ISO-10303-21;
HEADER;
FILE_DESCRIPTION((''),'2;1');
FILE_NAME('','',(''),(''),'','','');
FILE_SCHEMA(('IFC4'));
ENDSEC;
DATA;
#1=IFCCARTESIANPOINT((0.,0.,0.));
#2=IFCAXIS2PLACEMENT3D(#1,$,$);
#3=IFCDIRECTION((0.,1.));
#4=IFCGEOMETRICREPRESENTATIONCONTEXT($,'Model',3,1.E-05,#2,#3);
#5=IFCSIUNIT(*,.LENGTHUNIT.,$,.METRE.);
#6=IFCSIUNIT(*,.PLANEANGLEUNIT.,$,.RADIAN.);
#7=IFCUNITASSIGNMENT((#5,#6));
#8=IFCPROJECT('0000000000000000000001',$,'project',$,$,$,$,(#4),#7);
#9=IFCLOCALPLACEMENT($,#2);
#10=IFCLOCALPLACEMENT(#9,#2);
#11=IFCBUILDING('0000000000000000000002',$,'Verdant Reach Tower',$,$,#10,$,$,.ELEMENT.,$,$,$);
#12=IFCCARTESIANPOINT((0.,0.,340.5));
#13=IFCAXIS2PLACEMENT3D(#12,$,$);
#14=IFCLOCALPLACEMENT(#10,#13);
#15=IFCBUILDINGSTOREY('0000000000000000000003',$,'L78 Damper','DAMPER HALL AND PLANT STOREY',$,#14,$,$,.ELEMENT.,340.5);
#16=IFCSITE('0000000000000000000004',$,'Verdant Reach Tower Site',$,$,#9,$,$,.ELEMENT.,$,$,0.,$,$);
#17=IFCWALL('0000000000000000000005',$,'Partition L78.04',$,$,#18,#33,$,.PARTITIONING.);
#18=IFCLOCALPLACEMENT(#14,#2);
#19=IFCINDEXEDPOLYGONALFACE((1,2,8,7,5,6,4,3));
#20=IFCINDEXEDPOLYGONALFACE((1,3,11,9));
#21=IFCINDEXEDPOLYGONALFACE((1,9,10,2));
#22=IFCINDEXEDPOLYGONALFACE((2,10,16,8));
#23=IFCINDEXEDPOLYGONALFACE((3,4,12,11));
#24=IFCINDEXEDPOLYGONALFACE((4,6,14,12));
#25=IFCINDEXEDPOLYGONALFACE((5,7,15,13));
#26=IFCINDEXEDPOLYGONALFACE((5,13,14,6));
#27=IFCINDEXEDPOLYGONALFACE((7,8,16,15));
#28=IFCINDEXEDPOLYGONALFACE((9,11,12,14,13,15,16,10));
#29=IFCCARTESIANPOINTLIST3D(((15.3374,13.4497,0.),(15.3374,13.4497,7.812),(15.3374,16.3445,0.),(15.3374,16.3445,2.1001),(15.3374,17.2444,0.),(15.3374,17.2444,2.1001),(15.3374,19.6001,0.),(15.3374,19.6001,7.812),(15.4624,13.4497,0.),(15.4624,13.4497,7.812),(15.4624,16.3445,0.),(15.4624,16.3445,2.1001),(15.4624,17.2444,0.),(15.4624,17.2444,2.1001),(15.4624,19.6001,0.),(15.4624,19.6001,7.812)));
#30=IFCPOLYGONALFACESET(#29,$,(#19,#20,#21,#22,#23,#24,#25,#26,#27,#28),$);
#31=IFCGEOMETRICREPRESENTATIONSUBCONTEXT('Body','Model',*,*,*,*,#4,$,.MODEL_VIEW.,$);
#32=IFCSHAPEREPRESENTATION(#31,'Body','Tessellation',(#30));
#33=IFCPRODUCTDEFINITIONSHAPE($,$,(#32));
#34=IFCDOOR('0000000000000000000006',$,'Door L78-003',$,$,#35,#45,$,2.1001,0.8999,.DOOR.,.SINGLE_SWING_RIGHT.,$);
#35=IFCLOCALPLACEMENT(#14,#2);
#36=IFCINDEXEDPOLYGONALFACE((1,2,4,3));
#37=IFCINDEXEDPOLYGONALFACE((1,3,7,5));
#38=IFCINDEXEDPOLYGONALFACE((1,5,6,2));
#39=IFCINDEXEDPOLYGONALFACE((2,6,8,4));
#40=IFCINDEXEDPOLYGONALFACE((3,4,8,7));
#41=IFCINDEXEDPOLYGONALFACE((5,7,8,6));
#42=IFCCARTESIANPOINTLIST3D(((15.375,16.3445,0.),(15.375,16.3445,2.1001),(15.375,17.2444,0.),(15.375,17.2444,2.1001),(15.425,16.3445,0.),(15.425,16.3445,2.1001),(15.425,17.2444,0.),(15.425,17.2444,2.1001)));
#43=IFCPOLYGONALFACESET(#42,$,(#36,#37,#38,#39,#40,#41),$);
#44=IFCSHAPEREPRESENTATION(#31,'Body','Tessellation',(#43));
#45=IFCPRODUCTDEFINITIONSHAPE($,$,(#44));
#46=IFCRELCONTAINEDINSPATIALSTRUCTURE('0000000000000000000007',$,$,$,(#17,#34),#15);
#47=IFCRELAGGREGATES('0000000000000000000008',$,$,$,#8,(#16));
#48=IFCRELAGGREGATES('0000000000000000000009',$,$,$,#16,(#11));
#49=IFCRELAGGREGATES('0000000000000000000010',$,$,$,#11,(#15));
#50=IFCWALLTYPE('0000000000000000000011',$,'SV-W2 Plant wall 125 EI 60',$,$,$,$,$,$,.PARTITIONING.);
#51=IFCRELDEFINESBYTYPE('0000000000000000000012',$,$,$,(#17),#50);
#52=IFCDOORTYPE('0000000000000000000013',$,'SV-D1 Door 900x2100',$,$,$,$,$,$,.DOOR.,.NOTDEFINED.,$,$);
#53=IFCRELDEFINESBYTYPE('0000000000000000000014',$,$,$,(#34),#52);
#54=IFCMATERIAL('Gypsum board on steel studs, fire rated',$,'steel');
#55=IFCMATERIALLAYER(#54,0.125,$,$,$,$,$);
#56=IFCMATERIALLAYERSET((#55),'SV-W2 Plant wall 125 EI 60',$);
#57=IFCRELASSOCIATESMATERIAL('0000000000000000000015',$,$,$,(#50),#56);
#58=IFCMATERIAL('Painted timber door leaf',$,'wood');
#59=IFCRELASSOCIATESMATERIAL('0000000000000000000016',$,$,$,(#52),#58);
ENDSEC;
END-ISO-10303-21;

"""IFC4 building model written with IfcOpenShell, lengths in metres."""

from ifc_helpers import new_model, si_unit, direction, frame, frame_2d, origin, place, context, subcontext, project, spatial, rectangle, extrude, material, layer, layer_set, type_object, element, fill, save


model = new_model("IFC4")

# Units and contexts
model_context = context("Model", 3, precision=1e-05, world=origin(), true_north=direction((0.0, 1.0)))
body_context = subcontext(model_context, "Body", "Model", "MODEL_VIEW")
ifc_project = project(units=[si_unit("LENGTHUNIT", "METRE"), si_unit("PLANEANGLEUNIT", "RADIAN")], contexts=[model_context])

# Site, building, storey
site_placement = place(None, origin())
site = spatial("IfcSite", under=ifc_project, at=site_placement, Name="Verdant Reach Tower Site", CompositionType="ELEMENT", RefElevation=0.0)
building_placement = place(site_placement, origin())
building = spatial("IfcBuilding", under=site, at=building_placement, Name="Verdant Reach Tower", CompositionType="ELEMENT")
storey_placement = place(building_placement, frame((0.0, 0.0, 340.5)))
storey = spatial("IfcBuildingStorey", under=building, at=storey_placement, Name="L78 Damper", Description="DAMPER HALL AND PLANT STOREY", CompositionType="ELEMENT", Elevation=340.5)

# Wall, opening, door
ifc_material_1 = material(Name="Gypsum board on steel studs, fire rated", Category="steel")
ifc_layer_1 = layer(ifc_material_1, 0.125)
ifc_layer_set_1 = layer_set([ifc_layer_1], Name="SV-W2 Plant wall 125 EI 60")
wall_type = type_object("IfcWallType", Name="SV-W2 Plant wall 125 EI 60", PredefinedType="PARTITIONING", material=ifc_layer_set_1)
wall_placement = place(storey_placement, frame((15.3999, 13.4497, 0.0), z_axis=(0.0, 0.0, 1.0), x_axis=(0.0, 1.0, 0.0)))
wall = element("IfcWall", 1, at=wall_placement, inside=storey, type_object=wall_type, Name="Partition L78.04", PredefinedType="PARTITIONING", context=body_context, shape_type="SweptSolid", body=[
    extrude(rectangle(XDim=6.1504, YDim=0.125, at=frame_2d((3.0752, 0.0))), origin(), (0.0, 0.0, 1.0), 7.812),
])
opening_placement = place(wall_placement, frame((2.8948, 0.0, 0.0)))
opening = element("IfcOpeningElement", 2, at=opening_placement, cuts=wall, PredefinedType="OPENING", context=body_context, shape_type="SweptSolid", body=[
    extrude(rectangle(XDim=0.8999, YDim=2.1001, at=frame_2d((0.45, 1.05))), frame((0.0, 0.0725, 0.0), z_axis=(0.0, -1.0, 0.0), x_axis=(1.0, 0.0, 0.0)), (0.0, 0.0, 1.0), 0.145),
])
ifc_material_2 = material(Name="Painted timber door leaf", Category="wood")
door_type = type_object("IfcDoorType", Name="SV-D1 Door 900x2100", OperationType="NOTDEFINED", PredefinedType="DOOR", material=ifc_material_2)
door_placement = place(opening_placement, origin())
door = element("IfcDoor", 3, at=door_placement, inside=storey, type_object=door_type, Name="Door L78-003", OperationType="SINGLE_SWING_RIGHT", OverallHeight=2.1001, OverallWidth=0.8999, PredefinedType="DOOR", context=body_context, shape_type="SweptSolid", body=[
    extrude(rectangle(XDim=0.8999, YDim=2.1001, at=frame_2d((0.45, 1.05))), frame((0.0, 0.0249, 0.0), z_axis=(0.0, -1.0, 0.0), x_axis=(1.0, 0.0, 0.0)), (0.0, 0.0, 1.0), 0.05),
])
fill(opening, door)

save(model, "model.ifc")
